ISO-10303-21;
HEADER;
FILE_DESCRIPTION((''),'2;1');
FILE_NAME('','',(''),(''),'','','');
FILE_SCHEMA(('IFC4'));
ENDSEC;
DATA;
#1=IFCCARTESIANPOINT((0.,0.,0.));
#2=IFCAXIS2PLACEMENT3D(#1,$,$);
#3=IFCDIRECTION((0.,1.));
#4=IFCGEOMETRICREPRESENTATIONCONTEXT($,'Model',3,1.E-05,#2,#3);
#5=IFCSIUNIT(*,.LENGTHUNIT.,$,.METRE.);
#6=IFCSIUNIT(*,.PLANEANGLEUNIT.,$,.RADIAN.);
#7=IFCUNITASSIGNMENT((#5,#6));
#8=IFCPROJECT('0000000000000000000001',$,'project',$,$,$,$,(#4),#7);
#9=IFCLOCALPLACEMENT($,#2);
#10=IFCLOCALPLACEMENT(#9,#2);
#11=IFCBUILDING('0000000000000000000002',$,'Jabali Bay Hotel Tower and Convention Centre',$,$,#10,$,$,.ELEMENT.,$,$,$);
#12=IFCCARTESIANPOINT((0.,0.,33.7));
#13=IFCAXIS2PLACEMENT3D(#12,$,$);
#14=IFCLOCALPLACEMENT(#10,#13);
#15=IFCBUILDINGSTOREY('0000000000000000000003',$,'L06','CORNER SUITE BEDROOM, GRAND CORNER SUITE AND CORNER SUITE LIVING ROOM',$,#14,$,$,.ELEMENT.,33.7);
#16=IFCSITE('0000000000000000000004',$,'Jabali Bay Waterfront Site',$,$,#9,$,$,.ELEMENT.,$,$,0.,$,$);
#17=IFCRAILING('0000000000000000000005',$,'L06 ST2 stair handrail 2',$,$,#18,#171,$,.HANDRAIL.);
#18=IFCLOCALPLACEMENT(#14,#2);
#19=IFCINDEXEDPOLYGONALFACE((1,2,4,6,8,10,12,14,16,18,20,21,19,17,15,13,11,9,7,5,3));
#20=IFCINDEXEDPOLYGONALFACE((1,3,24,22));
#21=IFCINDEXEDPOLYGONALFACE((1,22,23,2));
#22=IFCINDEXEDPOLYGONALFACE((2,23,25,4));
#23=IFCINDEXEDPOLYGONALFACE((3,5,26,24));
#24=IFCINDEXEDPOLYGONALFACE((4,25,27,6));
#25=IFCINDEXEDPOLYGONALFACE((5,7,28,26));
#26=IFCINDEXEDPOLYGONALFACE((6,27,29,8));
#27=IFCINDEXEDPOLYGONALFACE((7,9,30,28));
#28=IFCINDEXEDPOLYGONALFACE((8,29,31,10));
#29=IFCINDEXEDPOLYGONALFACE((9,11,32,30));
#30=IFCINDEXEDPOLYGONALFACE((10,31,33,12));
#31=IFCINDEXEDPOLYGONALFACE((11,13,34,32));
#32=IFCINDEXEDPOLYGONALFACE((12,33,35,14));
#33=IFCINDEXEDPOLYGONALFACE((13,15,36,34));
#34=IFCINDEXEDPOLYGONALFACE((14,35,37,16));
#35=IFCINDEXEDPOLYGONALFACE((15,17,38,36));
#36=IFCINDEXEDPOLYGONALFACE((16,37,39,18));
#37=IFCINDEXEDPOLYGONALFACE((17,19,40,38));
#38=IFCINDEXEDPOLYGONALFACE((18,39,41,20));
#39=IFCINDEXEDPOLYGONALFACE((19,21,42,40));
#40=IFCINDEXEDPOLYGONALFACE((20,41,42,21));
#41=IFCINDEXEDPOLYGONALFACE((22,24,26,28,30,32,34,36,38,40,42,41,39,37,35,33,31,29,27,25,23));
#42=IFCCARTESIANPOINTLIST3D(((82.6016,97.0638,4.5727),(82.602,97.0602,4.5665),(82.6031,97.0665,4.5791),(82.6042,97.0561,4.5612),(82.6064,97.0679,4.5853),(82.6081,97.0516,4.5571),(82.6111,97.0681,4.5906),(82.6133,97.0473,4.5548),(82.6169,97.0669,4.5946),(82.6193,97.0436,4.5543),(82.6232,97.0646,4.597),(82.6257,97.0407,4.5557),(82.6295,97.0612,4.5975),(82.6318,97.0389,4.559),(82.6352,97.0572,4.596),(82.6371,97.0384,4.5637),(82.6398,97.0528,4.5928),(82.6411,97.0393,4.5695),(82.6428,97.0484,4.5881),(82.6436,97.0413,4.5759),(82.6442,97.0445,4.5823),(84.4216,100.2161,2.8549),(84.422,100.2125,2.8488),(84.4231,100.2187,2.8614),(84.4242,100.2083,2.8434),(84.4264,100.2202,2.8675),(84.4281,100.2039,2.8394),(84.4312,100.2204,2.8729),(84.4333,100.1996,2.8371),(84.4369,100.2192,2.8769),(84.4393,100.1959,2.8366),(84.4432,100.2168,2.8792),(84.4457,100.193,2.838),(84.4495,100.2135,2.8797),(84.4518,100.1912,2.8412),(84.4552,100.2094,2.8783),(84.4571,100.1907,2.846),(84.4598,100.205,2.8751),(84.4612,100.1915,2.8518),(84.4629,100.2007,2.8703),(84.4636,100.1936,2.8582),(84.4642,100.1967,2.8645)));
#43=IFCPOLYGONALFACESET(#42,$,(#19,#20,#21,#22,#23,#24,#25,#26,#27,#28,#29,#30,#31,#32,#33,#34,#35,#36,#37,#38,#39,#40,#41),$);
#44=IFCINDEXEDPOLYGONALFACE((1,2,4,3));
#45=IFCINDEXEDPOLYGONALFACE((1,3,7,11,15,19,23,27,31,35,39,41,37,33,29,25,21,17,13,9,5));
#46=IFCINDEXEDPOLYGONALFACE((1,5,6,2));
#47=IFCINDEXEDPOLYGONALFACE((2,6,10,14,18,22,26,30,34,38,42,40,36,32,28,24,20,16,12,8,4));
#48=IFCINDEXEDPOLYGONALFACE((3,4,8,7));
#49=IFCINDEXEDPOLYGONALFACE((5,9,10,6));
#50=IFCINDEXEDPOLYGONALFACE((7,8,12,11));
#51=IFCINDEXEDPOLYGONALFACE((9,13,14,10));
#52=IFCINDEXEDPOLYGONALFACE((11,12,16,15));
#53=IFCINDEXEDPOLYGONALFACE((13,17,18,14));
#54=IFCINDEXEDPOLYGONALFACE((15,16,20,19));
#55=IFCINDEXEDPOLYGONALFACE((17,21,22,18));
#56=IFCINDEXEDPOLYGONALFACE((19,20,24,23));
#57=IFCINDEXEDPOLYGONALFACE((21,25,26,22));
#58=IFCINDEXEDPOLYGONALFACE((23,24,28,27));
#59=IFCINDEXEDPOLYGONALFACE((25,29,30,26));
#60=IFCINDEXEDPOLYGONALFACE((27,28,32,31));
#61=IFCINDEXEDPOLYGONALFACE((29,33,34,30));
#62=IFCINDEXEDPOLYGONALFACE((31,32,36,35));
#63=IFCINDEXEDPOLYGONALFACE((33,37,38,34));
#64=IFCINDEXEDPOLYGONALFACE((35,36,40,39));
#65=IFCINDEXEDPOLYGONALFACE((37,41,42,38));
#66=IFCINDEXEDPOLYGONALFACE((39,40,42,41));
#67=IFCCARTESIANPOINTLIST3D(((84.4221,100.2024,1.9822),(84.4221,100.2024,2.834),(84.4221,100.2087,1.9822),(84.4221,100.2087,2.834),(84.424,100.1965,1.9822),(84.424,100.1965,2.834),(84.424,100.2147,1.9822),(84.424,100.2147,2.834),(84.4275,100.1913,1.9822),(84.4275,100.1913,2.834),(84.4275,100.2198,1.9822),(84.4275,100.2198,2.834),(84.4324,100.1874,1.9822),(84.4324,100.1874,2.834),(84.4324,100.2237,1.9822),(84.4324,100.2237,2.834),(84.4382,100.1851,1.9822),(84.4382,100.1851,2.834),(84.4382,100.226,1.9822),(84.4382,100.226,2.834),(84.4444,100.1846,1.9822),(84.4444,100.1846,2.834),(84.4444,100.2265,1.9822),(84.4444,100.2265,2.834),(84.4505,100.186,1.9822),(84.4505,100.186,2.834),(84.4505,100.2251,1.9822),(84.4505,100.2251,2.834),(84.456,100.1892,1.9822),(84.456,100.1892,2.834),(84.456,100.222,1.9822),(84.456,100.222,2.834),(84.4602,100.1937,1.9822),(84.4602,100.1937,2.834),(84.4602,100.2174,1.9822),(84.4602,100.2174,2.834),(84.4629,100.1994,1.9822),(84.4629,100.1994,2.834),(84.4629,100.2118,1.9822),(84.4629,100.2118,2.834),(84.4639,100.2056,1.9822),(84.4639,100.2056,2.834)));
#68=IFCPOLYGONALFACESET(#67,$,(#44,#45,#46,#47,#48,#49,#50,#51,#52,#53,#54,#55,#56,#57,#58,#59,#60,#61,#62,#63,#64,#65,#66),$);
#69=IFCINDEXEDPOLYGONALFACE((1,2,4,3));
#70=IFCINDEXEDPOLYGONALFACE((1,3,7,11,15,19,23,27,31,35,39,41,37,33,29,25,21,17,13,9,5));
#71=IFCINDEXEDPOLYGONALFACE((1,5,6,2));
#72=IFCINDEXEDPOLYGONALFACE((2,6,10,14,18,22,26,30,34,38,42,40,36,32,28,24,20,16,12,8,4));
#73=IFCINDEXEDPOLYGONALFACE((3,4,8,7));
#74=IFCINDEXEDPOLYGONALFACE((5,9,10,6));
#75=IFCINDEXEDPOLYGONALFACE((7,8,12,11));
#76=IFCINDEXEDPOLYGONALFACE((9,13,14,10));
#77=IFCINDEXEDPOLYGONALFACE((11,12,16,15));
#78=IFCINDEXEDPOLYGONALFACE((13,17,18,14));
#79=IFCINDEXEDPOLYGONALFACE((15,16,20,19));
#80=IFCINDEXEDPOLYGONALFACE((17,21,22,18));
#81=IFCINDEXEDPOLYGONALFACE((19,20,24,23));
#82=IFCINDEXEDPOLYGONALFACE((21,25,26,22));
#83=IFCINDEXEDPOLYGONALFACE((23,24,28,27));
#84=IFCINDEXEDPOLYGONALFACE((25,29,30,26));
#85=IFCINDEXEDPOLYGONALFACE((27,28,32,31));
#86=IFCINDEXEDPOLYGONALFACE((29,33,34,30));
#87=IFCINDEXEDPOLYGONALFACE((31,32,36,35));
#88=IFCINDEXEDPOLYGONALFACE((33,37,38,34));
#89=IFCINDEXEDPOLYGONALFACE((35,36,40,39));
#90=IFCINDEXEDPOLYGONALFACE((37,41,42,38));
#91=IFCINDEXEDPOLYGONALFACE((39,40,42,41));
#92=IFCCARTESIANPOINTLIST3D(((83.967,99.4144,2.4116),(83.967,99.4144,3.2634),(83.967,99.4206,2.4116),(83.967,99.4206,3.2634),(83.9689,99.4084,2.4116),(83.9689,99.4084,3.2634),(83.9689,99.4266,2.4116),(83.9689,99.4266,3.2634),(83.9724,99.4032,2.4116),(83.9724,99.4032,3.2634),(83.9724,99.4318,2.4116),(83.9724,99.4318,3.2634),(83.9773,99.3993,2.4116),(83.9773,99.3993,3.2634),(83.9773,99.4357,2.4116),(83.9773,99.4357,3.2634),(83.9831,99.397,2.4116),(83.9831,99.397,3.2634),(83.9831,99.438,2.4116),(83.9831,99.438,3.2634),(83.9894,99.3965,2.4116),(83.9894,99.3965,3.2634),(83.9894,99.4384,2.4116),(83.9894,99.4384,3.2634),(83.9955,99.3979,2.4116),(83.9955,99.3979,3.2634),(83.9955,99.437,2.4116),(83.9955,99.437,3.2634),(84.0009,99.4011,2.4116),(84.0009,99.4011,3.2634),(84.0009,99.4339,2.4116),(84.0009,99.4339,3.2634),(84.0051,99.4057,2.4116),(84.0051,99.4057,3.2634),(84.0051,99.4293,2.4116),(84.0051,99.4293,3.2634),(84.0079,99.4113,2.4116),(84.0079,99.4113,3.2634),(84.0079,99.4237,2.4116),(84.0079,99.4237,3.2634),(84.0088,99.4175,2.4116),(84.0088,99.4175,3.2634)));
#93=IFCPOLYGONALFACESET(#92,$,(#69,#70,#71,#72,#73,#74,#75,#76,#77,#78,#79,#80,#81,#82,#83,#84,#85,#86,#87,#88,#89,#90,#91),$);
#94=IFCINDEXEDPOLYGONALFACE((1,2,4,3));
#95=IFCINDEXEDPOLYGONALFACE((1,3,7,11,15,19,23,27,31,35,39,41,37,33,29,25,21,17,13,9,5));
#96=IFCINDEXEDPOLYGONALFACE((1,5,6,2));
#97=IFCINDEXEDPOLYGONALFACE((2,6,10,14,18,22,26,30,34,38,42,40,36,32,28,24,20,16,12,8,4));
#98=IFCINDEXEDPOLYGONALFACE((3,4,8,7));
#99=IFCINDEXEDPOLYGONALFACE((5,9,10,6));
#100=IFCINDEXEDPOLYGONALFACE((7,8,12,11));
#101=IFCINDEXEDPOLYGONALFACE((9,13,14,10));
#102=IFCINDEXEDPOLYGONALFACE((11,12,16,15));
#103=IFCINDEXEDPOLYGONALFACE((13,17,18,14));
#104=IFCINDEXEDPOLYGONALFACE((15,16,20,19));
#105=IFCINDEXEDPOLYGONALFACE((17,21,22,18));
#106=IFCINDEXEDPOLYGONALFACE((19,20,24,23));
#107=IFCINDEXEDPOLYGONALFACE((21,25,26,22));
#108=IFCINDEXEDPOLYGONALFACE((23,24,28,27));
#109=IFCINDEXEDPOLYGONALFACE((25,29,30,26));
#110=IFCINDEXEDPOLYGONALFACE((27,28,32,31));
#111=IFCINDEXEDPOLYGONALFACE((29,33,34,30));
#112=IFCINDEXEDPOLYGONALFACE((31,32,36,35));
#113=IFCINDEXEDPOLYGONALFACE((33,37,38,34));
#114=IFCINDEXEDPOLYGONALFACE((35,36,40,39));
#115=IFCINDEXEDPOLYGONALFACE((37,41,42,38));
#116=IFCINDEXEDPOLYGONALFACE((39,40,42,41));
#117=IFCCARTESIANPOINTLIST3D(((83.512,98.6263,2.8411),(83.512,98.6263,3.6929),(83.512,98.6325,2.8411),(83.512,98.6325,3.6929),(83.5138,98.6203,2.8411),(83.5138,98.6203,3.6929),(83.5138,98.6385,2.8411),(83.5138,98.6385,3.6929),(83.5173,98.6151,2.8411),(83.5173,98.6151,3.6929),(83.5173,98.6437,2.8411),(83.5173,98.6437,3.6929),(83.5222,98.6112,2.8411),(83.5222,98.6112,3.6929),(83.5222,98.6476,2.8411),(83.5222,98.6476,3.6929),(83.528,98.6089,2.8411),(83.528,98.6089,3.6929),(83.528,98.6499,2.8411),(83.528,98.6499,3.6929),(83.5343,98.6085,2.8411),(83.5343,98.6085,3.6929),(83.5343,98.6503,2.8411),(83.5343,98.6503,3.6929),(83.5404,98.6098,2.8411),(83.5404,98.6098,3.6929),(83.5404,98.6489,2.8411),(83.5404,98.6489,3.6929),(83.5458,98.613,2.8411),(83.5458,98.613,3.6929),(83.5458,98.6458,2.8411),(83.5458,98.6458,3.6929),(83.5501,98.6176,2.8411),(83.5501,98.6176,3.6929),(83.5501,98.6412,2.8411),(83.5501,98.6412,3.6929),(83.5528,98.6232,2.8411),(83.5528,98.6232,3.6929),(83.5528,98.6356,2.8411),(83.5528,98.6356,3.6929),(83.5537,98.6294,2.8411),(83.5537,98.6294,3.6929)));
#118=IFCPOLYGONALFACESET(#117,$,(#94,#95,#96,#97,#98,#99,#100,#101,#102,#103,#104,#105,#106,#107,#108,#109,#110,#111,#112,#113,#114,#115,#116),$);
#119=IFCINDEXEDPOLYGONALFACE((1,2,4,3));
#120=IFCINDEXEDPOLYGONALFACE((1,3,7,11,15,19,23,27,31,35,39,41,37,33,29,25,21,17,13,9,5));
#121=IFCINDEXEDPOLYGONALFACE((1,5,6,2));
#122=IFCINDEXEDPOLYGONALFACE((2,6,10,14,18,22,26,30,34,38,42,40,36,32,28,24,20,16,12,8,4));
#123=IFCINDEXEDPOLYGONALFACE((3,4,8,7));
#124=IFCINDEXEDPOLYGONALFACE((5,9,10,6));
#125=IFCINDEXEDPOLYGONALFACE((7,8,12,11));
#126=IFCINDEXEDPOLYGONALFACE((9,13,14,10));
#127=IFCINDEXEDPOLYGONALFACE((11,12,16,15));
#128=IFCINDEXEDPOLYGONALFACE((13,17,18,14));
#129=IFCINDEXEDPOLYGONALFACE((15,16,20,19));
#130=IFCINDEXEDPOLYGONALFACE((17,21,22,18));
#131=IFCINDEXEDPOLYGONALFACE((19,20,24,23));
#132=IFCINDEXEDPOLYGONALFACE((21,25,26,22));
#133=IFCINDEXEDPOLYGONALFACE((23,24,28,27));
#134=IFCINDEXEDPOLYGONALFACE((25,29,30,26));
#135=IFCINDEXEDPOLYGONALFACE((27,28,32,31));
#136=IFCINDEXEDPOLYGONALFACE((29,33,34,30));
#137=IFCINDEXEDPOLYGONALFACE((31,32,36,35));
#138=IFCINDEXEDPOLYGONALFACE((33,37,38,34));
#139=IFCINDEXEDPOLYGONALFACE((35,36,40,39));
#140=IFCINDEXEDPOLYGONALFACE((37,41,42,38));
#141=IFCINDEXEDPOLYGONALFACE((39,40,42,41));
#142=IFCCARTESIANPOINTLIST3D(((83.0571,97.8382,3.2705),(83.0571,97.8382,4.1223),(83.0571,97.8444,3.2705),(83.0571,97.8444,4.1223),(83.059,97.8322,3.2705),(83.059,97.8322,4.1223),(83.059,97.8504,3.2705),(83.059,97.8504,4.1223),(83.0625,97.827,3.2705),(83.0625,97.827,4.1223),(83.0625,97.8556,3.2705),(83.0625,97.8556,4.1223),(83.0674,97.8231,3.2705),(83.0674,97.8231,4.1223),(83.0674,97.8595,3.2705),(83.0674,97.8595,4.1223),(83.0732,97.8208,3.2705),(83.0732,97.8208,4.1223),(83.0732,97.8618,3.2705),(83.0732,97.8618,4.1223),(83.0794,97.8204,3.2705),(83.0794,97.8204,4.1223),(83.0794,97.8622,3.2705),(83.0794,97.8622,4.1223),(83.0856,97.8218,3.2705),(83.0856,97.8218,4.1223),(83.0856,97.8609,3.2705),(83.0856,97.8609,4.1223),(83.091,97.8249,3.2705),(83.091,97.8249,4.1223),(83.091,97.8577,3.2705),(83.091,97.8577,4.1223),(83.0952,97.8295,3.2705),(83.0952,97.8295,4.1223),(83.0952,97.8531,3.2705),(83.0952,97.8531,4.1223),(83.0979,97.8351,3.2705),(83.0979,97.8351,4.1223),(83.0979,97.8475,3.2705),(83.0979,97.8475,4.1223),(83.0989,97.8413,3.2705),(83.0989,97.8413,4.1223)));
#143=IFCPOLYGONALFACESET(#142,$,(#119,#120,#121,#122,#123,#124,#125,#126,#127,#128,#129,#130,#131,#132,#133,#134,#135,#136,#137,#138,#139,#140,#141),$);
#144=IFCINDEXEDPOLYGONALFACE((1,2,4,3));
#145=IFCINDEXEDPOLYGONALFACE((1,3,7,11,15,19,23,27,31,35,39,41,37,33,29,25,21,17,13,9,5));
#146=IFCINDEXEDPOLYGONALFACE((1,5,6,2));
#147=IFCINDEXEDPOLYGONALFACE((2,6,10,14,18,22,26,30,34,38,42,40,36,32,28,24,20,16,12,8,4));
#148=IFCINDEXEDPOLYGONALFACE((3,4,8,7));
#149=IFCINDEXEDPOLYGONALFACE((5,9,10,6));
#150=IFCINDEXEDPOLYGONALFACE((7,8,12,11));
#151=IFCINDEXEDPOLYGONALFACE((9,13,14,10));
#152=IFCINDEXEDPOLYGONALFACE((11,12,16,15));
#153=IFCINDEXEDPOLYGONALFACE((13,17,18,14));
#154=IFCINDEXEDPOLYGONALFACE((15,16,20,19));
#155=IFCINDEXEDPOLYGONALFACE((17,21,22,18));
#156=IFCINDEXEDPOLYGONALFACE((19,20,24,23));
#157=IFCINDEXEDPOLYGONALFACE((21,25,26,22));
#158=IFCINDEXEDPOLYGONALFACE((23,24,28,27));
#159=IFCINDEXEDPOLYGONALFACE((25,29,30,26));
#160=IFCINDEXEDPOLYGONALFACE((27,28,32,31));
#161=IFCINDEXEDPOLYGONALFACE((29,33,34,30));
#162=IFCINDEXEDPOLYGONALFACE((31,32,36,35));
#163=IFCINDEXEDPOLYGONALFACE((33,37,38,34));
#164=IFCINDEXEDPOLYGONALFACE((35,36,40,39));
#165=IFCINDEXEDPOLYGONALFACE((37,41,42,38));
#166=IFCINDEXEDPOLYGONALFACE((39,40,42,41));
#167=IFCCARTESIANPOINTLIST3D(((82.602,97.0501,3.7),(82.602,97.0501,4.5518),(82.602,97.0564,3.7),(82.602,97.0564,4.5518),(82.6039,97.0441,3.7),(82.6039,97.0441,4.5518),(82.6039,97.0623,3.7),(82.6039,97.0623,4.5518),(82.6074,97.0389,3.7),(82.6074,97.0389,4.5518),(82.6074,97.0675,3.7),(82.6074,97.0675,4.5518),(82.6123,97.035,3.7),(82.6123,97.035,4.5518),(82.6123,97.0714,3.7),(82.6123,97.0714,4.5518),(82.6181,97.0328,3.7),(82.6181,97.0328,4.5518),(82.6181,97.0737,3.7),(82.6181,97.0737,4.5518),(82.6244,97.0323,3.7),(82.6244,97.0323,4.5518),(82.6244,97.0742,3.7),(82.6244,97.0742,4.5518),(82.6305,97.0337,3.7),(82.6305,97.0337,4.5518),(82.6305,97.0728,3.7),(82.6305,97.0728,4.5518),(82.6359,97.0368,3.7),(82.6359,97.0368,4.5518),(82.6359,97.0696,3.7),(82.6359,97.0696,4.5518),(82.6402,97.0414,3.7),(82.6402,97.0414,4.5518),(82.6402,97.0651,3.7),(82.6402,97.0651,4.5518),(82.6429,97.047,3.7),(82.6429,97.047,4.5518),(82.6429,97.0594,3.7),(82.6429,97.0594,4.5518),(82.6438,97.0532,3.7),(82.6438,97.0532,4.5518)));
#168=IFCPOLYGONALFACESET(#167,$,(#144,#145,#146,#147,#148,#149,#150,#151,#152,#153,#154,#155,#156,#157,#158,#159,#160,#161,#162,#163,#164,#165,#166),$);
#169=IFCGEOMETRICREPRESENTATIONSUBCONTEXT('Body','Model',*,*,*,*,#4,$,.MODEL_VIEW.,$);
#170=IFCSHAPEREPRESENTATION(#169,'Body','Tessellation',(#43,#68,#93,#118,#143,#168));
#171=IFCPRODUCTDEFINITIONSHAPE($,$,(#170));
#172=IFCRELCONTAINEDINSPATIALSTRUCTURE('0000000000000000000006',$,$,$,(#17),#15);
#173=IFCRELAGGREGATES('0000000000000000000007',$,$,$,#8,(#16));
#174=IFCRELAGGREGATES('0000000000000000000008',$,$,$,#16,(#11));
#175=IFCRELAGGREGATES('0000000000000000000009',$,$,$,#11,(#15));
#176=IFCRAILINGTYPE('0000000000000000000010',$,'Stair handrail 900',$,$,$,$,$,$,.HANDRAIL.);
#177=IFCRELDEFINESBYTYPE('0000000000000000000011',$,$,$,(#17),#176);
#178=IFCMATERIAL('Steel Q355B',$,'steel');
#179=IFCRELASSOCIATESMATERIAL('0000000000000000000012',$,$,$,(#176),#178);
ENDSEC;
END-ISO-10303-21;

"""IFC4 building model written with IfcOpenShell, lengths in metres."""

from ifc_helpers import new_model, si_unit, direction, frame, origin, origin_2d, place, context, subcontext, project, spatial, circle, extrude, material, type_object, element, save


model = new_model("IFC4")

# Units and contexts
model_context = context("Model", 3, precision=1e-05, world=origin(), true_north=direction((0.0, 1.0)))
body_context = subcontext(model_context, "Body", "Model", "MODEL_VIEW")
ifc_project = project(units=[si_unit("LENGTHUNIT", "METRE"), si_unit("PLANEANGLEUNIT", "RADIAN")], contexts=[model_context])

# Site, building, storey
site_placement = place(None, origin())
site = spatial("IfcSite", under=ifc_project, at=site_placement, Name="Jabali Bay Waterfront Site", CompositionType="ELEMENT", RefElevation=0.0)
building_placement = place(site_placement, origin())
building = spatial("IfcBuilding", under=site, at=building_placement, Name="Jabali Bay Hotel Tower and Convention Centre", CompositionType="ELEMENT")
storey_placement = place(building_placement, frame((0.0, 0.0, 33.7)))
storey = spatial("IfcBuildingStorey", under=building, at=storey_placement, Name="L06", Description="CORNER SUITE BEDROOM, GRAND CORNER SUITE AND CORNER SUITE LIVING ROOM", CompositionType="ELEMENT", Elevation=33.7)

# Railing
ifc_material_1 = material(Name="Steel Q355B", Category="steel")
railing_type_1 = type_object("IfcRailingType", Name="Stair handrail 900", PredefinedType="HANDRAIL", material=ifc_material_1)
railing_1_placement = place(storey_placement, frame((84.4429, 100.2056, 1.9822)))
element("IfcRailing", 1, at=railing_1_placement, inside=storey, type_object=railing_type_1, Name="L06 ST2 stair handrail 2", PredefinedType="HANDRAIL", context=body_context, shape_type="SweptSolid", body=[
    extrude(circle(Radius=0.0239, at=origin_2d()), frame((0.0, 0.0, 0.876), z_axis=(-0.45219, -0.78319, 0.426775), x_axis=(0.866018, -0.500013, 0.0)), (0.0, 0.0, 1.0), 4.0249),
    extrude(circle(Radius=0.021, at=origin_2d()), origin(), (0.0, 0.0, 1.0), 0.8518),
    extrude(circle(Radius=0.021, at=origin_2d()), frame((-0.4551, -0.7881, 0.4294)), (0.0, 0.0, 1.0), 0.8518),
    extrude(circle(Radius=0.021, at=origin_2d()), frame((-0.9102, -1.5762, 0.8589)), (0.0, 0.0, 1.0), 0.8518),
    extrude(circle(Radius=0.021, at=origin_2d()), frame((-1.365, -2.3643, 1.2883)), (0.0, 0.0, 1.0), 0.8518),
    extrude(circle(Radius=0.021, at=origin_2d()), frame((-1.8201, -3.1523, 1.7178)), (0.0, 0.0, 1.0), 0.8518),
])

save(model, "model.ifc")
